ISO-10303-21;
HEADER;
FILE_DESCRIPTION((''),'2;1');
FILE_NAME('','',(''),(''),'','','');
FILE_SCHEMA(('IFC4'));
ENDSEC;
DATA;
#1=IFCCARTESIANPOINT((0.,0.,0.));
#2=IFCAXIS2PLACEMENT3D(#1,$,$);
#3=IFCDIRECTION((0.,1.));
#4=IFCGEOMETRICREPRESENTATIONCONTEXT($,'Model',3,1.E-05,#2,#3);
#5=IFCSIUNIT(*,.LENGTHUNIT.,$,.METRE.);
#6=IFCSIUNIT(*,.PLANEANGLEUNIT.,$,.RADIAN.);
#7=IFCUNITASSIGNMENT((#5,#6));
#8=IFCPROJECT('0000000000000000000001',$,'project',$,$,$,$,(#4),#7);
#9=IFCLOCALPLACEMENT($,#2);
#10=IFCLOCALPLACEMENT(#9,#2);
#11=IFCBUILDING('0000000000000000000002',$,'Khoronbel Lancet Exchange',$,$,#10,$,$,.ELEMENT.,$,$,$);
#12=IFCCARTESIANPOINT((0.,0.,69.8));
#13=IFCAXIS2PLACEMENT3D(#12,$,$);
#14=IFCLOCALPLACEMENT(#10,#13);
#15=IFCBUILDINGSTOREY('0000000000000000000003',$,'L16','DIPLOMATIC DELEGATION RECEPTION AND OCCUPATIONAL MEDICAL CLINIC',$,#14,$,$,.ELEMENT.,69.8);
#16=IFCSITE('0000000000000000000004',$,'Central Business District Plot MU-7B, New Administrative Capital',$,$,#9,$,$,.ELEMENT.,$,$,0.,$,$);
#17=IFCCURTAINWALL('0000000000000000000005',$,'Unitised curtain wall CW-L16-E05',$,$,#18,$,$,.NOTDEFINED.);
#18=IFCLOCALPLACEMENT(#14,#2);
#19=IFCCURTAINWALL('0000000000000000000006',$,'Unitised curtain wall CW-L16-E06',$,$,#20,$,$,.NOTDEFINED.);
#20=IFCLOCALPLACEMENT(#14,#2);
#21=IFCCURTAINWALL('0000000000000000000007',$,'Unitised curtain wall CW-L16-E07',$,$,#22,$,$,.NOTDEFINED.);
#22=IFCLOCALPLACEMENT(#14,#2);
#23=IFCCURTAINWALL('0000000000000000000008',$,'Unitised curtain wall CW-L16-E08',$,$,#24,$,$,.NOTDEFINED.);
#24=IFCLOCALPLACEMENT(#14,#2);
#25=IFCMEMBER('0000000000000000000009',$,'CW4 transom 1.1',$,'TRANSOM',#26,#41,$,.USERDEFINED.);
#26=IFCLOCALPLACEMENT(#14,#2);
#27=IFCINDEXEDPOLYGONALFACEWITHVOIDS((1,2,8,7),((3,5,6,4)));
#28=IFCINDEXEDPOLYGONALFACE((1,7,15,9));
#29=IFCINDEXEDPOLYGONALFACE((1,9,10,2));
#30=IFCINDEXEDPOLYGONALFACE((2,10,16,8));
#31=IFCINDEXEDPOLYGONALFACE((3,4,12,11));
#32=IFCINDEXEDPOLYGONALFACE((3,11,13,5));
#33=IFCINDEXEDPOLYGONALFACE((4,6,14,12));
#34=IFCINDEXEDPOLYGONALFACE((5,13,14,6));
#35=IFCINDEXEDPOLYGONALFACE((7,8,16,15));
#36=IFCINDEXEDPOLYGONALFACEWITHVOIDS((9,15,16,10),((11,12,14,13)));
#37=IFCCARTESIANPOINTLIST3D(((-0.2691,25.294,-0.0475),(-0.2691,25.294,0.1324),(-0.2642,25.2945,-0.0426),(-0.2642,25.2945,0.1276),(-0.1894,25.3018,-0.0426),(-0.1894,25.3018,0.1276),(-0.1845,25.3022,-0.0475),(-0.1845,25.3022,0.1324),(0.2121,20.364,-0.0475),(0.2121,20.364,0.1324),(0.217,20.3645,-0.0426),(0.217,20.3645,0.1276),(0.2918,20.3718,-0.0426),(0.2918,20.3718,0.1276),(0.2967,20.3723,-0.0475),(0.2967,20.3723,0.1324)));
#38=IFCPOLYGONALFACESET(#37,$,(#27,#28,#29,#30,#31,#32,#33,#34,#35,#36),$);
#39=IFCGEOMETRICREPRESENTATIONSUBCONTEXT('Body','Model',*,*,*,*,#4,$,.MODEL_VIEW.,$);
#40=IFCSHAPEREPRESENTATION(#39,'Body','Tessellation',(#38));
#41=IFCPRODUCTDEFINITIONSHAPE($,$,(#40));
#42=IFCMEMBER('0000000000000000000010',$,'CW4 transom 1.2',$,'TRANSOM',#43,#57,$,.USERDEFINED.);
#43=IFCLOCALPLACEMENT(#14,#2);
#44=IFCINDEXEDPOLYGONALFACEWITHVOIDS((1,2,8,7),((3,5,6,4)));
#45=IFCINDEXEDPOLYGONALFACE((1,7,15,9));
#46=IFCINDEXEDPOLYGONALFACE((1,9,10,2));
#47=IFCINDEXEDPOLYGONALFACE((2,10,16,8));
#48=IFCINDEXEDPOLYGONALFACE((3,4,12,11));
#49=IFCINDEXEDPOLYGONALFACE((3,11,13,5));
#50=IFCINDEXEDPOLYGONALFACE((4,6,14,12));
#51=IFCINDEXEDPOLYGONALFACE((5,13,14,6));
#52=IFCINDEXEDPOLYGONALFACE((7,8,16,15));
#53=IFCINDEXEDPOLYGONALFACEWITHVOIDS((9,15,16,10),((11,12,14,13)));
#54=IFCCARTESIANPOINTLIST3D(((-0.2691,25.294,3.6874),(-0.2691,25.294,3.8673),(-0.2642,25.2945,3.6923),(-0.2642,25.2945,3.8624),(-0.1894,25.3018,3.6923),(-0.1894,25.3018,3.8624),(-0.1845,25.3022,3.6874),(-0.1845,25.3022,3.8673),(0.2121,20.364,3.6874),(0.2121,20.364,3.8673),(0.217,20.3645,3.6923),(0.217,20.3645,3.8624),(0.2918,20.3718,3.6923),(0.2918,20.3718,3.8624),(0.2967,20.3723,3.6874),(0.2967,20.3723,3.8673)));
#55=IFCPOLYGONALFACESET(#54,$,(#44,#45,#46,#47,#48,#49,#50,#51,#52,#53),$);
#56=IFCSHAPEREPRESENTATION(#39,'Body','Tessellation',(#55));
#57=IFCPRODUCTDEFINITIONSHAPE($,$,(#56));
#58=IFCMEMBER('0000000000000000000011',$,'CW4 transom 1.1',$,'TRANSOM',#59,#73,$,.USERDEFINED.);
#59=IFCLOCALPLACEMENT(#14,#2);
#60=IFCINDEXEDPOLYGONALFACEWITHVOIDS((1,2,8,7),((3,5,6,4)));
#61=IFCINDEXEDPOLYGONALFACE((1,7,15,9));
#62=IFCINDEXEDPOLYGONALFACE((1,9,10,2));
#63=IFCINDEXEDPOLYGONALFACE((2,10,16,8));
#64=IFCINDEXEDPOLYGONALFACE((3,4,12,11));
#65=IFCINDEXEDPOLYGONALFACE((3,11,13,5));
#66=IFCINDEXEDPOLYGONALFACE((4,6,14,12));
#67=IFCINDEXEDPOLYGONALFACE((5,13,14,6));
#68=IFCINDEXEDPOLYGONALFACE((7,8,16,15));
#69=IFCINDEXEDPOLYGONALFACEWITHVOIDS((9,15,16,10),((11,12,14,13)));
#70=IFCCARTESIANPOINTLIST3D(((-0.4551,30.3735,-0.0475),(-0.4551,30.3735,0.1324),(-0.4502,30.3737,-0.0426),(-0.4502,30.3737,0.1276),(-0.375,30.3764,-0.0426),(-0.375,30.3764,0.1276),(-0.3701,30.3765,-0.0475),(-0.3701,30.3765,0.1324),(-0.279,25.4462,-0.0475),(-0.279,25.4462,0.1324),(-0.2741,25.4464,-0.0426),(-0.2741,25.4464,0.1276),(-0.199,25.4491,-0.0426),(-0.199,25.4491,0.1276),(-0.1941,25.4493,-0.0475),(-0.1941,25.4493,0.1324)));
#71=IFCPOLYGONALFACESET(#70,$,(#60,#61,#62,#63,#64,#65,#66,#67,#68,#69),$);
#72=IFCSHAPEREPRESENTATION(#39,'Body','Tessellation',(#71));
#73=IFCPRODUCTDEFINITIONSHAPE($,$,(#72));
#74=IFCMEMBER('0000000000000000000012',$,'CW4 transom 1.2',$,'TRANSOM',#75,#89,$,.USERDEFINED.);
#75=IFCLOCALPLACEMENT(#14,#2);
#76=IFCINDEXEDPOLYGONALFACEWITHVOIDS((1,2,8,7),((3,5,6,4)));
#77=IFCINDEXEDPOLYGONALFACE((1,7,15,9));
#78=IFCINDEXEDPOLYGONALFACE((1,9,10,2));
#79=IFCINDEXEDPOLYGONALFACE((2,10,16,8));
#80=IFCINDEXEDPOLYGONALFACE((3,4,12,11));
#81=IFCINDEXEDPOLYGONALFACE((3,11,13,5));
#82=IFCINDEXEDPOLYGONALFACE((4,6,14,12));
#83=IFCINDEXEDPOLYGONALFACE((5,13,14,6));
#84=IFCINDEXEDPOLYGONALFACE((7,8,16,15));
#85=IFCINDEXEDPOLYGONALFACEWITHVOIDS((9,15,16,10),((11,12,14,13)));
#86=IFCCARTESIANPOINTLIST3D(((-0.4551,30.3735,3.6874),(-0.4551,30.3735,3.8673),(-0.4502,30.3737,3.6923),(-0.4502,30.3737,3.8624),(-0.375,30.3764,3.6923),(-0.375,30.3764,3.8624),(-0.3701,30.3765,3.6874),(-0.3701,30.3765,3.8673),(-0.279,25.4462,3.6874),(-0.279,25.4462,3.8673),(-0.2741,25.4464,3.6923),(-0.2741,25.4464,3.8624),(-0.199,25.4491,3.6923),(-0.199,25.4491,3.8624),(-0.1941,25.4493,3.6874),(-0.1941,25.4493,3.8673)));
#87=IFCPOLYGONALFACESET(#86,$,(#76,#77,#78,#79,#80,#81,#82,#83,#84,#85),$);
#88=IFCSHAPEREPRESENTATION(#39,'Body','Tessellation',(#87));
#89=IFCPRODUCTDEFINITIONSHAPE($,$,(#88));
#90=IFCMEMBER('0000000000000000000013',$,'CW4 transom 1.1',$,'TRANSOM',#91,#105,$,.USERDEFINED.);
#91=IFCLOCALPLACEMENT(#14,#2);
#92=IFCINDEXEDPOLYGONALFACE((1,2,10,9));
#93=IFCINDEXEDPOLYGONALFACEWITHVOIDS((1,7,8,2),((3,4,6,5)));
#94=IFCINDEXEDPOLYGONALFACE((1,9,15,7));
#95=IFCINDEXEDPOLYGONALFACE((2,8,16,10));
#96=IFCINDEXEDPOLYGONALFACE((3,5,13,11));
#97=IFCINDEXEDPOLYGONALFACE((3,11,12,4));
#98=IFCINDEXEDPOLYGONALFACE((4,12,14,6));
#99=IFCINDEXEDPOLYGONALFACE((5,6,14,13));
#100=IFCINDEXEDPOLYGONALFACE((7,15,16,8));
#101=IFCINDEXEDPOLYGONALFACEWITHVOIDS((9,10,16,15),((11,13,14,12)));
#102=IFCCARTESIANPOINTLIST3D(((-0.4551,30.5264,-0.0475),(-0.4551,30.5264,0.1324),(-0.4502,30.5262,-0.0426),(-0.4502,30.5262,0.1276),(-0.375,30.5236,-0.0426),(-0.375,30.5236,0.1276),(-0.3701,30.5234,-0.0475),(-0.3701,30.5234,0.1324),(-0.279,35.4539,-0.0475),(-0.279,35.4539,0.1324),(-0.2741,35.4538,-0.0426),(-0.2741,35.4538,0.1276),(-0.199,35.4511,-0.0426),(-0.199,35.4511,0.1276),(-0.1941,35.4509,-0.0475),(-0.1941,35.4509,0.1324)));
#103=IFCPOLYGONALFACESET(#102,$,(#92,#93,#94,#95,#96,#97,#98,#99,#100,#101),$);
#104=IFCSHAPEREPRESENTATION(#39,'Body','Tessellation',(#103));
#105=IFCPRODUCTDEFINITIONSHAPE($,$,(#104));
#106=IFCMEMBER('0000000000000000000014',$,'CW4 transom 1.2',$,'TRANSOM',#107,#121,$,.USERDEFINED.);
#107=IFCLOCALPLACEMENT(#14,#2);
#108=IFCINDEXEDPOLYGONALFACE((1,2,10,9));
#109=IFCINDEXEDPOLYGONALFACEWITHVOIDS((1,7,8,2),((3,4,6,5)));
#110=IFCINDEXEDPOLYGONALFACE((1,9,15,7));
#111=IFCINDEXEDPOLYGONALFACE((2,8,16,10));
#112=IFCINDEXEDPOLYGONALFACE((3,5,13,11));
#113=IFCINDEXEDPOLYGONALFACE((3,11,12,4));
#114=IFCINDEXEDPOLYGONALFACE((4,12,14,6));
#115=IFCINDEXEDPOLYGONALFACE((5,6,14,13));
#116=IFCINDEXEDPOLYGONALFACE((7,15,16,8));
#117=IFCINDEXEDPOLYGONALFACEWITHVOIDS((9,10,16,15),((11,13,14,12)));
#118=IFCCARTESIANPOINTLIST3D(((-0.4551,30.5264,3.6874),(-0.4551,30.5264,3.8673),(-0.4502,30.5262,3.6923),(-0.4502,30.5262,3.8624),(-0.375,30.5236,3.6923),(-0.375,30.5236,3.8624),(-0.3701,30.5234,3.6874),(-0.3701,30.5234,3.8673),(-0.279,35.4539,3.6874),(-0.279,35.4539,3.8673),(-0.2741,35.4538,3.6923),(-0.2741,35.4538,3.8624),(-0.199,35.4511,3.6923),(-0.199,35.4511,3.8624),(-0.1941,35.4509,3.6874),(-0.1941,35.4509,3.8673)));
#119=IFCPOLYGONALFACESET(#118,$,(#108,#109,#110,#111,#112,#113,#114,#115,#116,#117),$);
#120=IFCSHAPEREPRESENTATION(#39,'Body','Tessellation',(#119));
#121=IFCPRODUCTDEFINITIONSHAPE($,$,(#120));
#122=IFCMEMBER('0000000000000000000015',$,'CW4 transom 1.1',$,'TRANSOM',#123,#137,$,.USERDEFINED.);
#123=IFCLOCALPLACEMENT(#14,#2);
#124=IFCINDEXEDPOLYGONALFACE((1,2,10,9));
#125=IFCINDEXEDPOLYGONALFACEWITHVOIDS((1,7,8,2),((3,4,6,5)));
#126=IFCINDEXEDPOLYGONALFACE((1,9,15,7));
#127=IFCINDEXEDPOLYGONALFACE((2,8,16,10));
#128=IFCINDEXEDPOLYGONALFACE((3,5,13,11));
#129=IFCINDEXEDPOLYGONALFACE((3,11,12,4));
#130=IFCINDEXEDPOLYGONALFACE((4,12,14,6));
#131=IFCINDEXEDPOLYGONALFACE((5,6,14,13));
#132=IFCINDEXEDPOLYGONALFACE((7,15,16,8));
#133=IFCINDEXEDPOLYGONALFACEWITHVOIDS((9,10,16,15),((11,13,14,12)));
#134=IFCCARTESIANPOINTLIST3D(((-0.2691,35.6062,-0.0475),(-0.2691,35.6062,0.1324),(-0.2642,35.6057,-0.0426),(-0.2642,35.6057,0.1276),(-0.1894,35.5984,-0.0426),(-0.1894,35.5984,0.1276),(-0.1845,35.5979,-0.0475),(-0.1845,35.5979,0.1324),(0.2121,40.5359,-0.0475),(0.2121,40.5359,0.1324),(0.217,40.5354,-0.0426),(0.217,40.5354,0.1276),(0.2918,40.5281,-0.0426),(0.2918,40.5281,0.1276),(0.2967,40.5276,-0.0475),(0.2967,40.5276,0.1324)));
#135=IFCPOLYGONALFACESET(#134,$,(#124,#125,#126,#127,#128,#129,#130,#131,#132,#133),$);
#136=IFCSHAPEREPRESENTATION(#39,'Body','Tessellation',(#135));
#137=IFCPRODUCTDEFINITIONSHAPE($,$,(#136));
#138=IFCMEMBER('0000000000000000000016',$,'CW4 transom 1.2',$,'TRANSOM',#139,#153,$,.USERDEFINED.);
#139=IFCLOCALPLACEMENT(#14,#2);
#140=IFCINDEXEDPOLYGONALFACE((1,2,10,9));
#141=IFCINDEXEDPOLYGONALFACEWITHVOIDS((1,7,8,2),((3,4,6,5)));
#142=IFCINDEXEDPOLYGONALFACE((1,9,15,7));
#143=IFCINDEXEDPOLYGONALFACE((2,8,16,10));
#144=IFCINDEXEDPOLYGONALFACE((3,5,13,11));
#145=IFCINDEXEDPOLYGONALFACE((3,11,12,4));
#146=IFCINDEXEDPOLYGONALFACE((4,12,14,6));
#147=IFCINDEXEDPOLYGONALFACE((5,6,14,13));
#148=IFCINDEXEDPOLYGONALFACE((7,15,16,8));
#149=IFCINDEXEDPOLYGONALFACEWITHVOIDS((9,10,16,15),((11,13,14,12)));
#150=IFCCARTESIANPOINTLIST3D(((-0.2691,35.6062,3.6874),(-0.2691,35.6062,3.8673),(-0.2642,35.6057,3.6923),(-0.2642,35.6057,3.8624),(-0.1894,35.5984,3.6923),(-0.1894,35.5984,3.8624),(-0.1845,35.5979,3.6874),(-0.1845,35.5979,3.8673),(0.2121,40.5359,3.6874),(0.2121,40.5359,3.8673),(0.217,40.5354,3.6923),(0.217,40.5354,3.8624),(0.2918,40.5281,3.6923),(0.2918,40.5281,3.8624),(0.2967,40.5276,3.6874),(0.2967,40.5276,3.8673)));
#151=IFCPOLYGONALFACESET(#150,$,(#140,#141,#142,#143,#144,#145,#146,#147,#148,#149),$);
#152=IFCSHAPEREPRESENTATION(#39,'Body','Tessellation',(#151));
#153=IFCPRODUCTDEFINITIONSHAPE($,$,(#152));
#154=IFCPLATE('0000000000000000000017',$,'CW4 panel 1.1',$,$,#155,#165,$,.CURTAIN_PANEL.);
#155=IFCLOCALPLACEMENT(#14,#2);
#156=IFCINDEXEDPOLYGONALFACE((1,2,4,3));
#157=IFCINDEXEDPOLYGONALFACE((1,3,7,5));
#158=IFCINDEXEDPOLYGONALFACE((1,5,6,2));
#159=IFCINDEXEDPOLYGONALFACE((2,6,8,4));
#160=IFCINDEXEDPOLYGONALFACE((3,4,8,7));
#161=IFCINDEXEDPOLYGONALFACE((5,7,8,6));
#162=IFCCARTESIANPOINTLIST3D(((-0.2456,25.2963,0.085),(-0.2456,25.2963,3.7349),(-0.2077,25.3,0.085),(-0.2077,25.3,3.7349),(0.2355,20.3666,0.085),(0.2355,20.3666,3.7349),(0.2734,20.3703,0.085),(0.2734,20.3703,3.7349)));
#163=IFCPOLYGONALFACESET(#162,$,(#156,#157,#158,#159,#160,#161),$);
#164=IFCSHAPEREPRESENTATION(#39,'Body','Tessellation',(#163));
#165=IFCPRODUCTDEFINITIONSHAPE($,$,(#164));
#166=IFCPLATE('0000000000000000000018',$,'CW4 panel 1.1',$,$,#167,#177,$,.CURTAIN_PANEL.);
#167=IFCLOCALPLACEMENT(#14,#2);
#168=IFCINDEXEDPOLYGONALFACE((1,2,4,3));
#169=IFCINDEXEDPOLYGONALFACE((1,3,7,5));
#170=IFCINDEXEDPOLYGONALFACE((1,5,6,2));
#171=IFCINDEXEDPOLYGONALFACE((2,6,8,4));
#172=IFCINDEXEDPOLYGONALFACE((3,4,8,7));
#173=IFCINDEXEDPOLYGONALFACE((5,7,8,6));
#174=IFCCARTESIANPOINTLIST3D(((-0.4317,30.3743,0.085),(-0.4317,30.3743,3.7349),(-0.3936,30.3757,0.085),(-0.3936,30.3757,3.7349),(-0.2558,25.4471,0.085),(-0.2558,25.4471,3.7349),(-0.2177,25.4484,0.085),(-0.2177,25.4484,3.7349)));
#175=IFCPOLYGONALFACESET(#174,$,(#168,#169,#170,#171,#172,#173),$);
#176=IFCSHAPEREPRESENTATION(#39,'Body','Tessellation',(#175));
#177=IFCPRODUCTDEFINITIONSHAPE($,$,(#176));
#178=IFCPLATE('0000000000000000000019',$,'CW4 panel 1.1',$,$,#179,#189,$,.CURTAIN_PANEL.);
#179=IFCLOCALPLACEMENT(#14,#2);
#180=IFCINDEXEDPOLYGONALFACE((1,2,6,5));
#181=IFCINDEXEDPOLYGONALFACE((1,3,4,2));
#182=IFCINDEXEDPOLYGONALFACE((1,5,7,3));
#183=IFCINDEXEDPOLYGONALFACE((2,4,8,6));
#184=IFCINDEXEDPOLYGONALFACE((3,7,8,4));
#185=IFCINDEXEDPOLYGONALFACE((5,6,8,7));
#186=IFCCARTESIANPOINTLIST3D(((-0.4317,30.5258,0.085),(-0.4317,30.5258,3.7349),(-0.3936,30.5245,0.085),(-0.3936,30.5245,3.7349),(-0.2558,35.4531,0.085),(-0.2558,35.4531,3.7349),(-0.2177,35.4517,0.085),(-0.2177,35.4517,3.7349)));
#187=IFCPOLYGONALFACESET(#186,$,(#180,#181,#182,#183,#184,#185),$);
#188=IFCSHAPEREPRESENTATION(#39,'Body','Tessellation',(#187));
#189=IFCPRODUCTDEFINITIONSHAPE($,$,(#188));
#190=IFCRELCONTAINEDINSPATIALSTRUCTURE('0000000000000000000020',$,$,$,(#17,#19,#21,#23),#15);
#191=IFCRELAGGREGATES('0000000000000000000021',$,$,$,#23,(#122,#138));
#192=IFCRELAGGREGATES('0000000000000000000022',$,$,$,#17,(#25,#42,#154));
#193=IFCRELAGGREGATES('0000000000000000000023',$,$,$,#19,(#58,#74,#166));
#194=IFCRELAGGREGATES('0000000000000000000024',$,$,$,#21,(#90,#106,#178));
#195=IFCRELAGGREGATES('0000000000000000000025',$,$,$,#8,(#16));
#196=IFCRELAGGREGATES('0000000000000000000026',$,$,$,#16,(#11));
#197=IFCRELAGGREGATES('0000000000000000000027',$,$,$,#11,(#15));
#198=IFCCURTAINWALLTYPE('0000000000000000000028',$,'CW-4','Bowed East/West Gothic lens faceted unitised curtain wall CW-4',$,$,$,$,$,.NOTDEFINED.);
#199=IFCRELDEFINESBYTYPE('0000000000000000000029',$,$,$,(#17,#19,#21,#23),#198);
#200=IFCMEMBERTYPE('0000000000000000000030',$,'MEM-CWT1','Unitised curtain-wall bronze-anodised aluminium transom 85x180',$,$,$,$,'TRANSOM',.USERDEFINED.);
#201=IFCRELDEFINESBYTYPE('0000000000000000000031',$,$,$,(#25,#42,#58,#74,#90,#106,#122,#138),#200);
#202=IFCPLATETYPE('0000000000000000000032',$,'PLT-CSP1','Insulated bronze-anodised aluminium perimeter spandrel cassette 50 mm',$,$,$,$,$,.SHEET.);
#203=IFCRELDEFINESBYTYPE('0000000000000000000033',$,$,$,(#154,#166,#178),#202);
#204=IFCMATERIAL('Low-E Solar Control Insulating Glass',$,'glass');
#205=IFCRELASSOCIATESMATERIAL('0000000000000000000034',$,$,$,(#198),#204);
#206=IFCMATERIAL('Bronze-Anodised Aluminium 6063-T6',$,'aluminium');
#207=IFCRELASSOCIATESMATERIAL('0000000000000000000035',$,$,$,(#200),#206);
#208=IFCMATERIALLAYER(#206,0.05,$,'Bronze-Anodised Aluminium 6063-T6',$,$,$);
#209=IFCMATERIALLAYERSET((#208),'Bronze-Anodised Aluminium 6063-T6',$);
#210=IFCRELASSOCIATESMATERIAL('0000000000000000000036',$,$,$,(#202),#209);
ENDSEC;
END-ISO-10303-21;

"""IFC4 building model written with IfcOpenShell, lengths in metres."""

from ifc_helpers import new_model, si_unit, direction, frame, origin, origin_2d, place, context, subcontext, project, spatial, rectangle, hollow_rectangle, extrude, material, layer, layer_set, material_profile, profile_set, type_object, element, aggregate, save


model = new_model("IFC4")

# Units and contexts
model_context = context("Model", 3, precision=1e-05, world=origin(), true_north=direction((0.0, 1.0)))
body_context = subcontext(model_context, "Body", "Model", "MODEL_VIEW")
ifc_project = project(units=[si_unit("LENGTHUNIT", "METRE"), si_unit("PLANEANGLEUNIT", "RADIAN")], contexts=[model_context])

# Site, building, storey
site_placement = place(None, origin())
site = spatial("IfcSite", under=ifc_project, at=site_placement, Name="Central Business District Plot MU-7B, New Administrative Capital", CompositionType="ELEMENT", RefElevation=0.0)
building_placement = place(site_placement, origin())
building = spatial("IfcBuilding", under=site, at=building_placement, Name="Khoronbel Lancet Exchange", CompositionType="ELEMENT")
storey_placement = place(building_placement, frame((0.0, 0.0, 69.8)))
storey = spatial("IfcBuildingStorey", under=building, at=storey_placement, Name="L16", Description="DIPLOMATIC DELEGATION RECEPTION AND OCCUPATIONAL MEDICAL CLINIC", CompositionType="ELEMENT", Elevation=69.8)

# Curtain walls
ifc_material_1 = material(Name="Low-E Solar Control Insulating Glass", Category="glass")
curtain_wall_type = type_object("IfcCurtainWallType", Name="CW-4", Description="Bowed East/West Gothic lens faceted unitised curtain wall CW-4", PredefinedType="NOTDEFINED", material=ifc_material_1)
ifc_material_2 = material(Name="Bronze-Anodised Aluminium 6063-T6", Category="aluminium")
curtain_wall_1_placement = place(storey_placement, origin())
curtain_wall_1 = element("IfcCurtainWall", 1, at=curtain_wall_1_placement, inside=storey, type_object=curtain_wall_type, Name="Unitised curtain wall CW-L16-E05", PredefinedType="NOTDEFINED")
curtain_wall_2_placement = place(storey_placement, origin())
curtain_wall_2 = element("IfcCurtainWall", 2, at=curtain_wall_2_placement, inside=storey, type_object=curtain_wall_type, Name="Unitised curtain wall CW-L16-E06", PredefinedType="NOTDEFINED")
curtain_wall_3_placement = place(storey_placement, origin())
curtain_wall_3 = element("IfcCurtainWall", 3, at=curtain_wall_3_placement, inside=storey, type_object=curtain_wall_type, Name="Unitised curtain wall CW-L16-E07", PredefinedType="NOTDEFINED")

# Curtain wall
curtain_wall_4_placement = place(storey_placement, origin())
curtain_wall_4 = element("IfcCurtainWall", 4, at=curtain_wall_4_placement, inside=storey, type_object=curtain_wall_type, Name="Unitised curtain wall CW-L16-E08", PredefinedType="NOTDEFINED")

# Members
ifc_material_profile_1 = material_profile(ifc_material_2, hollow_rectangle(XDim=0.085, YDim=0.1799, WallThickness=0.0049, at=origin_2d()), Name="ALU TRANSOM 85x180")
ifc_profile_set_1 = profile_set([ifc_material_profile_1], Name="Bronze-Anodised Aluminium 6063-T6")
member_type_1 = type_object("IfcMemberType", Name="MEM-CWT1", Description="Unitised curtain-wall bronze-anodised aluminium transom 85x180", ElementType="TRANSOM", PredefinedType="USERDEFINED", material=ifc_profile_set_1)
member_1_placement = place(storey_placement, frame((0.2544, 20.3682, 0.0425), z_axis=(-0.097146, 0.99527, 0.0), x_axis=(-0.99527, -0.097146, 0.0)))
member_1 = element("IfcMember", 5, at=member_1_placement, type_object=member_type_1, Name="CW4 transom 1.1", ObjectType="TRANSOM", PredefinedType="USERDEFINED", context=body_context, shape_type="SweptSolid", body=[
    extrude(hollow_rectangle(XDim=0.085, YDim=0.1799, WallThickness=0.0049, at=origin_2d()), origin(), (0.0, 0.0, 1.0), 4.9534),
])
member_2_placement = place(storey_placement, frame((0.2544, 20.3682, 3.7773), z_axis=(-0.097146, 0.99527, 0.0), x_axis=(-0.99527, -0.097146, 0.0)))
member_2 = element("IfcMember", 6, at=member_2_placement, type_object=member_type_1, Name="CW4 transom 1.2", ObjectType="TRANSOM", PredefinedType="USERDEFINED", context=body_context, shape_type="SweptSolid", body=[
    extrude(hollow_rectangle(XDim=0.085, YDim=0.1799, WallThickness=0.0049, at=origin_2d()), origin(), (0.0, 0.0, 1.0), 4.9534),
])
member_3_placement = place(storey_placement, frame((-0.2366, 25.4478, 0.0425), z_axis=(-0.035702, 0.999362, 0.0), x_axis=(-0.999362, -0.035702, 0.0)))
member_3 = element("IfcMember", 7, at=member_3_placement, type_object=member_type_1, Name="CW4 transom 1.1", ObjectType="TRANSOM", PredefinedType="USERDEFINED", context=body_context, shape_type="SweptSolid", body=[
    extrude(hollow_rectangle(XDim=0.085, YDim=0.1799, WallThickness=0.0049, at=origin_2d()), origin(), (0.0, 0.0, 1.0), 4.9304),
])
member_4_placement = place(storey_placement, frame((-0.2366, 25.4478, 3.7773), z_axis=(-0.035702, 0.999362, 0.0), x_axis=(-0.999362, -0.035702, 0.0)))
member_4 = element("IfcMember", 8, at=member_4_placement, type_object=member_type_1, Name="CW4 transom 1.2", ObjectType="TRANSOM", PredefinedType="USERDEFINED", context=body_context, shape_type="SweptSolid", body=[
    extrude(hollow_rectangle(XDim=0.085, YDim=0.1799, WallThickness=0.0049, at=origin_2d()), origin(), (0.0, 0.0, 1.0), 4.9304),
])
member_5_placement = place(storey_placement, frame((-0.4126, 30.5249, 0.0425), z_axis=(0.0357, 0.999363, 0.0), x_axis=(-0.999363, 0.0357, 0.0)))
member_5 = element("IfcMember", 9, at=member_5_placement, type_object=member_type_1, Name="CW4 transom 1.1", ObjectType="TRANSOM", PredefinedType="USERDEFINED", context=body_context, shape_type="SweptSolid", body=[
    extrude(hollow_rectangle(XDim=0.085, YDim=0.1799, WallThickness=0.0049, at=origin_2d()), origin(), (0.0, 0.0, 1.0), 4.9307),
])
member_6_placement = place(storey_placement, frame((-0.4126, 30.5249, 3.7773), z_axis=(0.0357, 0.999363, 0.0), x_axis=(-0.999363, 0.0357, 0.0)))
member_6 = element("IfcMember", 10, at=member_6_placement, type_object=member_type_1, Name="CW4 transom 1.2", ObjectType="TRANSOM", PredefinedType="USERDEFINED", context=body_context, shape_type="SweptSolid", body=[
    extrude(hollow_rectangle(XDim=0.085, YDim=0.1799, WallThickness=0.0049, at=origin_2d()), origin(), (0.0, 0.0, 1.0), 4.9307),
])
member_7_placement = place(storey_placement, frame((-0.2268, 35.6021, 0.0425), z_axis=(0.097151, 0.99527, 0.0), x_axis=(-0.99527, 0.097151, 0.0)))
member_7 = element("IfcMember", 11, at=member_7_placement, type_object=member_type_1, Name="CW4 transom 1.1", ObjectType="TRANSOM", PredefinedType="USERDEFINED", context=body_context, shape_type="SweptSolid", body=[
    extrude(hollow_rectangle(XDim=0.085, YDim=0.1799, WallThickness=0.0049, at=origin_2d()), origin(), (0.0, 0.0, 1.0), 4.9531),
])
member_8_placement = place(storey_placement, frame((-0.2268, 35.6021, 3.7773), z_axis=(0.097151, 0.99527, 0.0), x_axis=(-0.99527, 0.097151, 0.0)))
member_8 = element("IfcMember", 12, at=member_8_placement, type_object=member_type_1, Name="CW4 transom 1.2", ObjectType="TRANSOM", PredefinedType="USERDEFINED", context=body_context, shape_type="SweptSolid", body=[
    extrude(hollow_rectangle(XDim=0.085, YDim=0.1799, WallThickness=0.0049, at=origin_2d()), origin(), (0.0, 0.0, 1.0), 4.9531),
])
aggregate(curtain_wall_4, [member_7, member_8])

# Plates
ifc_layer_1 = layer(ifc_material_2, 0.05, Name="Bronze-Anodised Aluminium 6063-T6")
ifc_layer_set_1 = layer_set([ifc_layer_1], Name="Bronze-Anodised Aluminium 6063-T6")
plate_type_1 = type_object("IfcPlateType", Name="PLT-CSP1", Description="Insulated bronze-anodised aluminium perimeter spandrel cassette 50 mm", PredefinedType="SHEET", material=ifc_layer_set_1)
plate_1_placement = place(storey_placement, frame((0.0139, 22.8333, 0.085), z_axis=(0.0, 0.0, 1.0), x_axis=(-0.097135, 0.995271, 0.0)))
plate_1 = element("IfcPlate", 13, at=plate_1_placement, type_object=plate_type_1, Name="CW4 panel 1.1", PredefinedType="CURTAIN_PANEL", context=body_context, shape_type="SweptSolid", body=[
    extrude(rectangle(XDim=4.9531, YDim=0.0381, at=origin_2d()), origin(), (0.0, 0.0, 1.0), 3.6499),
])
aggregate(curtain_wall_1, [member_1, member_2, plate_1])
plate_2_placement = place(storey_placement, frame((-0.3247, 27.9114, 0.085), z_axis=(0.0, 0.0, 1.0), x_axis=(-0.035685, 0.999363, 0.0)))
plate_2 = element("IfcPlate", 14, at=plate_2_placement, type_object=plate_type_1, Name="CW4 panel 1.1", PredefinedType="CURTAIN_PANEL", context=body_context, shape_type="SweptSolid", body=[
    extrude(rectangle(XDim=4.9304, YDim=0.0381, at=origin_2d()), origin(), (0.0, 0.0, 1.0), 3.6499),
])
aggregate(curtain_wall_2, [member_3, member_4, plate_2])
plate_3_placement = place(storey_placement, frame((-0.3247, 32.9888, 0.085), z_axis=(0.0, 0.0, 1.0), x_axis=(0.035685, 0.999363, 0.0)))
plate_3 = element("IfcPlate", 15, at=plate_3_placement, type_object=plate_type_1, Name="CW4 panel 1.1", PredefinedType="CURTAIN_PANEL", context=body_context, shape_type="SweptSolid", body=[
    extrude(rectangle(XDim=4.9304, YDim=0.0381, at=origin_2d()), origin(), (0.0, 0.0, 1.0), 3.6499),
])
aggregate(curtain_wall_3, [member_5, member_6, plate_3])

save(model, "model.ifc")
